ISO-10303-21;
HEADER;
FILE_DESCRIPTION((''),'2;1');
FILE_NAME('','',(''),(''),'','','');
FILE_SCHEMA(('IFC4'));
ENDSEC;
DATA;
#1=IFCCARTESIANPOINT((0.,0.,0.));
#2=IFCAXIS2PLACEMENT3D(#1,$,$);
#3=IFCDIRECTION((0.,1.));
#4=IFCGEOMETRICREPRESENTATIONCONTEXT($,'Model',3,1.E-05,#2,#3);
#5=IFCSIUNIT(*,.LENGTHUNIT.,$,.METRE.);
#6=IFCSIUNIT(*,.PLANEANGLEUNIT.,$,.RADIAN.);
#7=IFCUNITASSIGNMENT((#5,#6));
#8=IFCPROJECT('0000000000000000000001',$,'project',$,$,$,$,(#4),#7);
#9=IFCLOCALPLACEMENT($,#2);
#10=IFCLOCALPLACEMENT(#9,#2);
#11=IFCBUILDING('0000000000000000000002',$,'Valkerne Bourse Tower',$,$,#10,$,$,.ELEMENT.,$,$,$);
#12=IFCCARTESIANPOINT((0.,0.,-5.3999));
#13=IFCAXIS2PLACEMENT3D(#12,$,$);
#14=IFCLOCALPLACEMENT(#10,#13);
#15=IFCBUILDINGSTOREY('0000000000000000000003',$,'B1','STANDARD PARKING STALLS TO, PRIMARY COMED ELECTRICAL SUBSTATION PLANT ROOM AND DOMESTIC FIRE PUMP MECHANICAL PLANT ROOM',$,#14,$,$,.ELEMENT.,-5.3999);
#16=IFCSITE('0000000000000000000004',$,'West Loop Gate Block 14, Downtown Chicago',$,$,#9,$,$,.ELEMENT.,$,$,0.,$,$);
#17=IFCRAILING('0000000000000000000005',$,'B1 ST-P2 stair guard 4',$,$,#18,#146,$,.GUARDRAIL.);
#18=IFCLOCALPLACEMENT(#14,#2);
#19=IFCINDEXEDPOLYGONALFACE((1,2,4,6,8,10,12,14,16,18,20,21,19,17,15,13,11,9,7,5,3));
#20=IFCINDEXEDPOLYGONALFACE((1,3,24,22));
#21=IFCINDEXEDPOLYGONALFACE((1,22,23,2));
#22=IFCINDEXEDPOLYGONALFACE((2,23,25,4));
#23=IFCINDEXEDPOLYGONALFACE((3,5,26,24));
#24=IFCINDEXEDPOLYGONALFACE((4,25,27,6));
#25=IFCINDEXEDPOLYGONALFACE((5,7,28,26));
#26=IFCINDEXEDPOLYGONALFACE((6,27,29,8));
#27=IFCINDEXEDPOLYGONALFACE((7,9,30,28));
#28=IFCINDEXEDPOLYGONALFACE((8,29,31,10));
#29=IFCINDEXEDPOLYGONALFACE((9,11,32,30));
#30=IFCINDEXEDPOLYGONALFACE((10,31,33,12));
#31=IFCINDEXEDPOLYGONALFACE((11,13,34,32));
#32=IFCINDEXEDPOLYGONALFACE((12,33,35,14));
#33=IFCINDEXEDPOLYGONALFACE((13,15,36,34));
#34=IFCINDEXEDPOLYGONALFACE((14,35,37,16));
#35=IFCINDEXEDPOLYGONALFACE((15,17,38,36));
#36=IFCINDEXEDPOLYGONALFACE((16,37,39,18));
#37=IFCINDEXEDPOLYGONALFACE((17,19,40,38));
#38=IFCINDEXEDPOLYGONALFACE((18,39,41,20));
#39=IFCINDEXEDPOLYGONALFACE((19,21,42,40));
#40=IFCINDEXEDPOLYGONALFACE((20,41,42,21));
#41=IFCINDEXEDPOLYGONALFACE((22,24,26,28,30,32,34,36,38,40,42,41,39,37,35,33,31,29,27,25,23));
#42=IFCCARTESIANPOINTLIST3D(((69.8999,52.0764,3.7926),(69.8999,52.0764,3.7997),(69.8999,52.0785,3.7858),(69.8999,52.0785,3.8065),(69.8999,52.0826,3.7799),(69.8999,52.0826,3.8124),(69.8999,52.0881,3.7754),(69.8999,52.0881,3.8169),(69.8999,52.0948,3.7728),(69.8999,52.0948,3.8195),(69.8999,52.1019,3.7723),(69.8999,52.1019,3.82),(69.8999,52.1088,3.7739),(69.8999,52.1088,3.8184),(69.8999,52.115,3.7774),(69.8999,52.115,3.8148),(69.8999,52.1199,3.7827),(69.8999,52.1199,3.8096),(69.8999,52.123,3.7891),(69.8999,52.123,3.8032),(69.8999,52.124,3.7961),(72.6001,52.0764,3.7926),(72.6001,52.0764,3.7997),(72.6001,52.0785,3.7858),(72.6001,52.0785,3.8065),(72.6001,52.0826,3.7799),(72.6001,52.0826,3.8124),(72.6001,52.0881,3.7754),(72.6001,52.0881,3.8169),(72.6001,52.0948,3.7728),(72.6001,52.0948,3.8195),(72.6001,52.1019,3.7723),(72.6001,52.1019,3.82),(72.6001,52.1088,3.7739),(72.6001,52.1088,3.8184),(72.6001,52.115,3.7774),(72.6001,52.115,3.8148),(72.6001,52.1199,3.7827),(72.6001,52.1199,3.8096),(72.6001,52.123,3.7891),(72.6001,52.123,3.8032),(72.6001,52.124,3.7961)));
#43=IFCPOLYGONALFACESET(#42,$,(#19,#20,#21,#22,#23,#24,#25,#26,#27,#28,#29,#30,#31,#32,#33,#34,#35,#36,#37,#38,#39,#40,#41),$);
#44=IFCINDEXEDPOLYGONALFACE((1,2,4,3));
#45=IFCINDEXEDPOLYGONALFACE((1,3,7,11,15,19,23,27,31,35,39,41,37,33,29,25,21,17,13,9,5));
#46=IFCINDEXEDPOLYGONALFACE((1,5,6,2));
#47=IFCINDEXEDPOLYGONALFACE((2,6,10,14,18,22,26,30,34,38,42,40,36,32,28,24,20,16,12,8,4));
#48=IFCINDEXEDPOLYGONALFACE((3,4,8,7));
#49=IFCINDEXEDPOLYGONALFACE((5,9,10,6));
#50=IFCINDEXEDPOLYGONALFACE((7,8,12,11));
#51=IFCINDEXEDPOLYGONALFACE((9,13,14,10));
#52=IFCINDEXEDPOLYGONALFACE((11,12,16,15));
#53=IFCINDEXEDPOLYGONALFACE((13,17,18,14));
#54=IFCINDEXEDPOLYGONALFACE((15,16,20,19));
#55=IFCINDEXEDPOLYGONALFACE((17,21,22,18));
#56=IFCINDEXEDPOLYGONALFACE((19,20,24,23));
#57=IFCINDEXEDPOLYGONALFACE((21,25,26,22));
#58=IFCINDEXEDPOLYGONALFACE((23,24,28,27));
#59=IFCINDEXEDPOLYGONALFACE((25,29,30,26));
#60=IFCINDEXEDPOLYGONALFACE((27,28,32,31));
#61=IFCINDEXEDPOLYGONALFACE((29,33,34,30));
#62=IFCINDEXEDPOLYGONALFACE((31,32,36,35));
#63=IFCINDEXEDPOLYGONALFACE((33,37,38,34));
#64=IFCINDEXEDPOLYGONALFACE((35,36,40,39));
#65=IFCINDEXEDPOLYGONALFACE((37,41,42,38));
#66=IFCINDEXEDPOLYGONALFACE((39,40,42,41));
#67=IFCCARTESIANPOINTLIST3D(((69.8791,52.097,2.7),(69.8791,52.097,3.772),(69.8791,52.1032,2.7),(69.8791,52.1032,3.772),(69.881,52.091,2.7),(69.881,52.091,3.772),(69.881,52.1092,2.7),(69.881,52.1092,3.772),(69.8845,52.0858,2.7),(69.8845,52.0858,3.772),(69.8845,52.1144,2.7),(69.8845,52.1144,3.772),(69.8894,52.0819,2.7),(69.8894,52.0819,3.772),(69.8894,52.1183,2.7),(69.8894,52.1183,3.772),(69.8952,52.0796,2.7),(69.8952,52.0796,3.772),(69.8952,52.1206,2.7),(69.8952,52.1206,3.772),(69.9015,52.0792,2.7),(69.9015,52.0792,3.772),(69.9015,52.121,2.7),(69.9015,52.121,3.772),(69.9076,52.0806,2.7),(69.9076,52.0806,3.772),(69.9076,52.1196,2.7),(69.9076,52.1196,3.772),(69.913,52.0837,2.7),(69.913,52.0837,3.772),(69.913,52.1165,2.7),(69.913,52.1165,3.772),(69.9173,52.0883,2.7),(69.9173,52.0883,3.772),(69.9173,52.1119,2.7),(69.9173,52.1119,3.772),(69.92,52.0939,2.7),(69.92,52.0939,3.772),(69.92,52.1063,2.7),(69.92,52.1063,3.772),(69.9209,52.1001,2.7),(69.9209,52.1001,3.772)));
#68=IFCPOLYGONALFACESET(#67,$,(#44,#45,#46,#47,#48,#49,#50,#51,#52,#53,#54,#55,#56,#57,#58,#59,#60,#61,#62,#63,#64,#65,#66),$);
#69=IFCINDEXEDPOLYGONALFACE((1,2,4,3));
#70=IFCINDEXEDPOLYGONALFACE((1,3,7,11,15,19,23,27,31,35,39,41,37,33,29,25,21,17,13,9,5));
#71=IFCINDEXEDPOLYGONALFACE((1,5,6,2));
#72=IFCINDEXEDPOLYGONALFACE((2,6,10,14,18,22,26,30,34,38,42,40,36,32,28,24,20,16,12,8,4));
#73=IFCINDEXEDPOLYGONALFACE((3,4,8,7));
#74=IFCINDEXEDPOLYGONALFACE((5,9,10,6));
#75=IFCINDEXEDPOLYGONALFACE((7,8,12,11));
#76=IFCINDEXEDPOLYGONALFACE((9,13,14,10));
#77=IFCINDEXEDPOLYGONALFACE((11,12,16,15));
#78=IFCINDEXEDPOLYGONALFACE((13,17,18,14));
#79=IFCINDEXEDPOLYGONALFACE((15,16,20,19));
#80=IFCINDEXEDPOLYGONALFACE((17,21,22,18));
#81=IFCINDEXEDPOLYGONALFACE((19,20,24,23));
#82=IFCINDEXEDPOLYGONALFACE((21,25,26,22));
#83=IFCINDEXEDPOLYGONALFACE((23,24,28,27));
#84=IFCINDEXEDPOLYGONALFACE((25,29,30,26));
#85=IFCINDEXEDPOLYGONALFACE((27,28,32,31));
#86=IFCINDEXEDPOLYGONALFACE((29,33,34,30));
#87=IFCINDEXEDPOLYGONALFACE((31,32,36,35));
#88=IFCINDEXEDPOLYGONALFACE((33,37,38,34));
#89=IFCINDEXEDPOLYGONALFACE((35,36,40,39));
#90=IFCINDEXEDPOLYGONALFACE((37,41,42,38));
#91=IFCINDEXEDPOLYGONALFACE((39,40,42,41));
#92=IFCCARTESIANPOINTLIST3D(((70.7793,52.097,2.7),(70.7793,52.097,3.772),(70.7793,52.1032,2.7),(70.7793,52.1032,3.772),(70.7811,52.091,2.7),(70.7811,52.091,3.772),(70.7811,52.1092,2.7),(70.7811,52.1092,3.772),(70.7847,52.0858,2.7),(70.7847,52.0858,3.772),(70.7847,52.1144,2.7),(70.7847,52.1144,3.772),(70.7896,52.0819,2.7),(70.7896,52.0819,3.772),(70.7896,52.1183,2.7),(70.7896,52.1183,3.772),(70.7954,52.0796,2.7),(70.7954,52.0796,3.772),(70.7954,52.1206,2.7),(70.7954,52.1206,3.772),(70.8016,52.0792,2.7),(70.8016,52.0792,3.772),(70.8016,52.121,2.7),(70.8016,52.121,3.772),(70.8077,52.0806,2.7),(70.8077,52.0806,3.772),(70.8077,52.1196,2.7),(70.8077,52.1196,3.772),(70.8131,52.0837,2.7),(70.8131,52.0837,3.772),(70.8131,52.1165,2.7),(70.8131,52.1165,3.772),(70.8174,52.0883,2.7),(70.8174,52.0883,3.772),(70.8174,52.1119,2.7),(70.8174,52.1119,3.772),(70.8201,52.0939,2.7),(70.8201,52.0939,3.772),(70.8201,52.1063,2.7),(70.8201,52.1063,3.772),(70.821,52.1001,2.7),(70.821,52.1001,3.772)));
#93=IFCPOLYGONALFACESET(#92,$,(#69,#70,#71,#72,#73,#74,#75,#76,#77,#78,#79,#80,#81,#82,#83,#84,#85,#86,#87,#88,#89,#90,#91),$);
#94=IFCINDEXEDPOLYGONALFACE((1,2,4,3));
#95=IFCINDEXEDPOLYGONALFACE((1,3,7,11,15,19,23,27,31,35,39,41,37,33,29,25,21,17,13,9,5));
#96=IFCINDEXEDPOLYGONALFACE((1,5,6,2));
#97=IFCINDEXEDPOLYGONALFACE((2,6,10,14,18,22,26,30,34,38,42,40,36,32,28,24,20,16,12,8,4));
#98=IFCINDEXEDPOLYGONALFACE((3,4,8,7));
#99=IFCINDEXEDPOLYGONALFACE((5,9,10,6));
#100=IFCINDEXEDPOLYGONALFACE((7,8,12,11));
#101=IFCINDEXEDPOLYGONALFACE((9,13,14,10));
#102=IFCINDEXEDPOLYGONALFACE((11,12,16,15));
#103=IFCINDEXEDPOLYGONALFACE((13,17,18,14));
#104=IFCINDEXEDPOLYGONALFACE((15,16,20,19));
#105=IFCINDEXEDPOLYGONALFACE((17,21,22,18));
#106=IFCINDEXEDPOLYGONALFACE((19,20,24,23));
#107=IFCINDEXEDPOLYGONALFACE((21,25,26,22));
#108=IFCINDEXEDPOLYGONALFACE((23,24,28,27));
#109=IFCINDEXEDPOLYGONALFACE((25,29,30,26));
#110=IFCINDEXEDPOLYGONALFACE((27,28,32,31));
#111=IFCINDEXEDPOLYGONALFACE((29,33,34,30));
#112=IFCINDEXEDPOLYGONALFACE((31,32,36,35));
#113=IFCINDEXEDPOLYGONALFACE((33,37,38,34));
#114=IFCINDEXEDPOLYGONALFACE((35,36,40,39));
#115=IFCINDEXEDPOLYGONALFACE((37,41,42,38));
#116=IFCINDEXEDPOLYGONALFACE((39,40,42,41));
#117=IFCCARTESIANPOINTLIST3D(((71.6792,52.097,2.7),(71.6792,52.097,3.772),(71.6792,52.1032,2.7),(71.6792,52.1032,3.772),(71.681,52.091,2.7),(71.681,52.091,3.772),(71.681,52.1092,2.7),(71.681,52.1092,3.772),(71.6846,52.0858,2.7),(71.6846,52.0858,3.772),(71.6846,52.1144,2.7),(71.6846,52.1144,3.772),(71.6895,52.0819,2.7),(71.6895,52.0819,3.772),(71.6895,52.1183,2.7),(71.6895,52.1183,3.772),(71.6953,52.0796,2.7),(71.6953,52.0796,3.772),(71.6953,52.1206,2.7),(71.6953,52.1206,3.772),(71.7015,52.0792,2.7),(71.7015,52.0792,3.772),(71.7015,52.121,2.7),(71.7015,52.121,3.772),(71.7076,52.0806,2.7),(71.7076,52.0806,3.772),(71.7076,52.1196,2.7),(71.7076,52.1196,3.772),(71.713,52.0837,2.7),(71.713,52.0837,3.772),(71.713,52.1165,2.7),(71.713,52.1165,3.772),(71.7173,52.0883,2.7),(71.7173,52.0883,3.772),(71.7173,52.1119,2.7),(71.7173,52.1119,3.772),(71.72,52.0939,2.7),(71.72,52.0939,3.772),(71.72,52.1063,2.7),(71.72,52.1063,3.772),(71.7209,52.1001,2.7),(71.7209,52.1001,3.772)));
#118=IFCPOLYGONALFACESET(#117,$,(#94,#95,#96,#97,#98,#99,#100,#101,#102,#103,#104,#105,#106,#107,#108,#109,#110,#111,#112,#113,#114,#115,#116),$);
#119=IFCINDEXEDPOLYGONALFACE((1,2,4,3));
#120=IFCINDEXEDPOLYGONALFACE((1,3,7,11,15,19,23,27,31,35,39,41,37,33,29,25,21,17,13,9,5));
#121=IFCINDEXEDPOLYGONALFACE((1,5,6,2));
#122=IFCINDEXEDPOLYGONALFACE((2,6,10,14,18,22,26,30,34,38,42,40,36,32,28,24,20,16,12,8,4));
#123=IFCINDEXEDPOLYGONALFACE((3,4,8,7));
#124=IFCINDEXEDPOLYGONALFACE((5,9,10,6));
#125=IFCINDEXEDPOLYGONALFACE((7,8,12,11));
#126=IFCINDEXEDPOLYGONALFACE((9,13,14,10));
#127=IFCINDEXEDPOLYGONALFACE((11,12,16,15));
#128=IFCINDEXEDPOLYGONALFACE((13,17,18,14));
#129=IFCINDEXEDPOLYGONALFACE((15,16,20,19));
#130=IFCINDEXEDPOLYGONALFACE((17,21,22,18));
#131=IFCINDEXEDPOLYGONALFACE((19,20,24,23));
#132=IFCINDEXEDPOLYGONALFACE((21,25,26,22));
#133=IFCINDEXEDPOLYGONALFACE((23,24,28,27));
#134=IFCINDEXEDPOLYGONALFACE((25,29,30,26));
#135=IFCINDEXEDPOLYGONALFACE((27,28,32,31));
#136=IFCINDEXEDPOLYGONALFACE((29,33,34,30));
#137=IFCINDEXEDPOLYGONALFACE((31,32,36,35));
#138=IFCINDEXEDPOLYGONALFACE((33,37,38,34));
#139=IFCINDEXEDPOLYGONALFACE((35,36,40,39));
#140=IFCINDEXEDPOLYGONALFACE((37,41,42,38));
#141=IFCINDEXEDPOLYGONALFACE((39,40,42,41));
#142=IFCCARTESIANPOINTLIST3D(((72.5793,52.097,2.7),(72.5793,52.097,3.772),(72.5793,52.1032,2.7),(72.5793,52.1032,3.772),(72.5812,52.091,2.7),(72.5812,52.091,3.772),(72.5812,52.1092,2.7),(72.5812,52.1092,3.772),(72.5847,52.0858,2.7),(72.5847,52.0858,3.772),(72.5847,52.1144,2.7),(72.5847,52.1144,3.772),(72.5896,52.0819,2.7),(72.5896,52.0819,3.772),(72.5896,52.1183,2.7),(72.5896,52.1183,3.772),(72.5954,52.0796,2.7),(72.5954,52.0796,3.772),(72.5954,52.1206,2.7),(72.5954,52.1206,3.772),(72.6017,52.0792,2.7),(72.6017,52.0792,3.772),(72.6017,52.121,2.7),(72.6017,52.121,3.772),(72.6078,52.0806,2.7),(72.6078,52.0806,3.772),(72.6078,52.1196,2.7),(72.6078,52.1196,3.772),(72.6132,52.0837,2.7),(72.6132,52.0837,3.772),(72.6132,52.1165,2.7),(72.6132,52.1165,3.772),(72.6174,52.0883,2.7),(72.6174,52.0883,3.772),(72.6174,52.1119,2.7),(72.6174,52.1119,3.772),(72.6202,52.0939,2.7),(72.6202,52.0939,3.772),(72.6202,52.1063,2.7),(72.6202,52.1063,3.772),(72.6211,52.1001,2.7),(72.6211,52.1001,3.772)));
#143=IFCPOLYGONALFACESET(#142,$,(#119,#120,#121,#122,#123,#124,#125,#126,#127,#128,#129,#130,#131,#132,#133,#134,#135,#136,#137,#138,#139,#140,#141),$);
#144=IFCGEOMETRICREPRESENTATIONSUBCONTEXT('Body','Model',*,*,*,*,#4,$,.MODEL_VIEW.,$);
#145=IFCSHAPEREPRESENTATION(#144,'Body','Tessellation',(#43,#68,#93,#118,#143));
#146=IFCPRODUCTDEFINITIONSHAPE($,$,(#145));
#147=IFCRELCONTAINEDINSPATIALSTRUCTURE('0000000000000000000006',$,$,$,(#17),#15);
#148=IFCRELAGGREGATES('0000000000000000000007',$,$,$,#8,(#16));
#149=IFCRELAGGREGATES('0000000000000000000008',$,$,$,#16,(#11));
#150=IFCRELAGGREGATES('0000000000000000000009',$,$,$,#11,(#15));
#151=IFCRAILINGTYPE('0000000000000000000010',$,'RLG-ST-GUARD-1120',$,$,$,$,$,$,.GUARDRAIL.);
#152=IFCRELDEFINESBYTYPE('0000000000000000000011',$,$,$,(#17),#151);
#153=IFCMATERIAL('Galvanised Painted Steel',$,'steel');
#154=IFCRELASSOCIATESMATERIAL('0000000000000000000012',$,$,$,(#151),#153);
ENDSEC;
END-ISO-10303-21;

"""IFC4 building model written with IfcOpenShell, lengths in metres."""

from ifc_helpers import new_model, si_unit, direction, frame, origin, origin_2d, place, context, subcontext, project, spatial, circle, extrude, material, type_object, element, save


model = new_model("IFC4")

# Units and contexts
model_context = context("Model", 3, precision=1e-05, world=origin(), true_north=direction((0.0, 1.0)))
body_context = subcontext(model_context, "Body", "Model", "MODEL_VIEW")
ifc_project = project(units=[si_unit("LENGTHUNIT", "METRE"), si_unit("PLANEANGLEUNIT", "RADIAN")], contexts=[model_context])

# Site, building, storey
site_placement = place(None, origin())
site = spatial("IfcSite", under=ifc_project, at=site_placement, Name="West Loop Gate Block 14, Downtown Chicago", CompositionType="ELEMENT", RefElevation=0.0)
building_placement = place(site_placement, origin())
building = spatial("IfcBuilding", under=site, at=building_placement, Name="Valkerne Bourse Tower", CompositionType="ELEMENT")
storey_placement = place(building_placement, frame((0.0, 0.0, -5.3999)))
storey = spatial("IfcBuildingStorey", under=building, at=storey_placement, Name="B1", Description="STANDARD PARKING STALLS TO, PRIMARY COMED ELECTRICAL SUBSTATION PLANT ROOM AND DOMESTIC FIRE PUMP MECHANICAL PLANT ROOM", CompositionType="ELEMENT", Elevation=-5.3999)

# Shared definitions
ifc_material_1 = material(Name="Galvanised Painted Steel", Category="steel")

# Railing
railing_type_1 = type_object("IfcRailingType", Name="RLG-ST-GUARD-1120", PredefinedType="GUARDRAIL", material=ifc_material_1)
for number, where, name in (
    (1, (69.8999, 52.1001, 2.7), "B1 ST-P2 stair guard 4"),
):
    element("IfcRailing", number, at=place(storey_placement, frame(where)), inside=storey, type_object=railing_type_1, Name=name, PredefinedType="GUARDRAIL", context=body_context, shape_type="SweptSolid", body=[
        extrude(circle(Radius=0.0239, at=origin_2d()), frame((0.0, 0.0, 1.0962), z_axis=(1.0, 0.0, 0.0), x_axis=(0.0, 1.0, 0.0)), (0.0, 0.0, 1.0), 2.7002),
        extrude(circle(Radius=0.021, at=origin_2d()), origin(), (0.0, 0.0, 1.0), 1.072),
        extrude(circle(Radius=0.021, at=origin_2d()), frame((0.9001, 0.0, 0.0)), (0.0, 0.0, 1.0), 1.072),
        extrude(circle(Radius=0.021, at=origin_2d()), frame((1.8, 0.0, 0.0)), (0.0, 0.0, 1.0), 1.072),
        extrude(circle(Radius=0.021, at=origin_2d()), frame((2.7002, 0.0, 0.0)), (0.0, 0.0, 1.0), 1.072),
    ])

save(model, "model.ifc")
